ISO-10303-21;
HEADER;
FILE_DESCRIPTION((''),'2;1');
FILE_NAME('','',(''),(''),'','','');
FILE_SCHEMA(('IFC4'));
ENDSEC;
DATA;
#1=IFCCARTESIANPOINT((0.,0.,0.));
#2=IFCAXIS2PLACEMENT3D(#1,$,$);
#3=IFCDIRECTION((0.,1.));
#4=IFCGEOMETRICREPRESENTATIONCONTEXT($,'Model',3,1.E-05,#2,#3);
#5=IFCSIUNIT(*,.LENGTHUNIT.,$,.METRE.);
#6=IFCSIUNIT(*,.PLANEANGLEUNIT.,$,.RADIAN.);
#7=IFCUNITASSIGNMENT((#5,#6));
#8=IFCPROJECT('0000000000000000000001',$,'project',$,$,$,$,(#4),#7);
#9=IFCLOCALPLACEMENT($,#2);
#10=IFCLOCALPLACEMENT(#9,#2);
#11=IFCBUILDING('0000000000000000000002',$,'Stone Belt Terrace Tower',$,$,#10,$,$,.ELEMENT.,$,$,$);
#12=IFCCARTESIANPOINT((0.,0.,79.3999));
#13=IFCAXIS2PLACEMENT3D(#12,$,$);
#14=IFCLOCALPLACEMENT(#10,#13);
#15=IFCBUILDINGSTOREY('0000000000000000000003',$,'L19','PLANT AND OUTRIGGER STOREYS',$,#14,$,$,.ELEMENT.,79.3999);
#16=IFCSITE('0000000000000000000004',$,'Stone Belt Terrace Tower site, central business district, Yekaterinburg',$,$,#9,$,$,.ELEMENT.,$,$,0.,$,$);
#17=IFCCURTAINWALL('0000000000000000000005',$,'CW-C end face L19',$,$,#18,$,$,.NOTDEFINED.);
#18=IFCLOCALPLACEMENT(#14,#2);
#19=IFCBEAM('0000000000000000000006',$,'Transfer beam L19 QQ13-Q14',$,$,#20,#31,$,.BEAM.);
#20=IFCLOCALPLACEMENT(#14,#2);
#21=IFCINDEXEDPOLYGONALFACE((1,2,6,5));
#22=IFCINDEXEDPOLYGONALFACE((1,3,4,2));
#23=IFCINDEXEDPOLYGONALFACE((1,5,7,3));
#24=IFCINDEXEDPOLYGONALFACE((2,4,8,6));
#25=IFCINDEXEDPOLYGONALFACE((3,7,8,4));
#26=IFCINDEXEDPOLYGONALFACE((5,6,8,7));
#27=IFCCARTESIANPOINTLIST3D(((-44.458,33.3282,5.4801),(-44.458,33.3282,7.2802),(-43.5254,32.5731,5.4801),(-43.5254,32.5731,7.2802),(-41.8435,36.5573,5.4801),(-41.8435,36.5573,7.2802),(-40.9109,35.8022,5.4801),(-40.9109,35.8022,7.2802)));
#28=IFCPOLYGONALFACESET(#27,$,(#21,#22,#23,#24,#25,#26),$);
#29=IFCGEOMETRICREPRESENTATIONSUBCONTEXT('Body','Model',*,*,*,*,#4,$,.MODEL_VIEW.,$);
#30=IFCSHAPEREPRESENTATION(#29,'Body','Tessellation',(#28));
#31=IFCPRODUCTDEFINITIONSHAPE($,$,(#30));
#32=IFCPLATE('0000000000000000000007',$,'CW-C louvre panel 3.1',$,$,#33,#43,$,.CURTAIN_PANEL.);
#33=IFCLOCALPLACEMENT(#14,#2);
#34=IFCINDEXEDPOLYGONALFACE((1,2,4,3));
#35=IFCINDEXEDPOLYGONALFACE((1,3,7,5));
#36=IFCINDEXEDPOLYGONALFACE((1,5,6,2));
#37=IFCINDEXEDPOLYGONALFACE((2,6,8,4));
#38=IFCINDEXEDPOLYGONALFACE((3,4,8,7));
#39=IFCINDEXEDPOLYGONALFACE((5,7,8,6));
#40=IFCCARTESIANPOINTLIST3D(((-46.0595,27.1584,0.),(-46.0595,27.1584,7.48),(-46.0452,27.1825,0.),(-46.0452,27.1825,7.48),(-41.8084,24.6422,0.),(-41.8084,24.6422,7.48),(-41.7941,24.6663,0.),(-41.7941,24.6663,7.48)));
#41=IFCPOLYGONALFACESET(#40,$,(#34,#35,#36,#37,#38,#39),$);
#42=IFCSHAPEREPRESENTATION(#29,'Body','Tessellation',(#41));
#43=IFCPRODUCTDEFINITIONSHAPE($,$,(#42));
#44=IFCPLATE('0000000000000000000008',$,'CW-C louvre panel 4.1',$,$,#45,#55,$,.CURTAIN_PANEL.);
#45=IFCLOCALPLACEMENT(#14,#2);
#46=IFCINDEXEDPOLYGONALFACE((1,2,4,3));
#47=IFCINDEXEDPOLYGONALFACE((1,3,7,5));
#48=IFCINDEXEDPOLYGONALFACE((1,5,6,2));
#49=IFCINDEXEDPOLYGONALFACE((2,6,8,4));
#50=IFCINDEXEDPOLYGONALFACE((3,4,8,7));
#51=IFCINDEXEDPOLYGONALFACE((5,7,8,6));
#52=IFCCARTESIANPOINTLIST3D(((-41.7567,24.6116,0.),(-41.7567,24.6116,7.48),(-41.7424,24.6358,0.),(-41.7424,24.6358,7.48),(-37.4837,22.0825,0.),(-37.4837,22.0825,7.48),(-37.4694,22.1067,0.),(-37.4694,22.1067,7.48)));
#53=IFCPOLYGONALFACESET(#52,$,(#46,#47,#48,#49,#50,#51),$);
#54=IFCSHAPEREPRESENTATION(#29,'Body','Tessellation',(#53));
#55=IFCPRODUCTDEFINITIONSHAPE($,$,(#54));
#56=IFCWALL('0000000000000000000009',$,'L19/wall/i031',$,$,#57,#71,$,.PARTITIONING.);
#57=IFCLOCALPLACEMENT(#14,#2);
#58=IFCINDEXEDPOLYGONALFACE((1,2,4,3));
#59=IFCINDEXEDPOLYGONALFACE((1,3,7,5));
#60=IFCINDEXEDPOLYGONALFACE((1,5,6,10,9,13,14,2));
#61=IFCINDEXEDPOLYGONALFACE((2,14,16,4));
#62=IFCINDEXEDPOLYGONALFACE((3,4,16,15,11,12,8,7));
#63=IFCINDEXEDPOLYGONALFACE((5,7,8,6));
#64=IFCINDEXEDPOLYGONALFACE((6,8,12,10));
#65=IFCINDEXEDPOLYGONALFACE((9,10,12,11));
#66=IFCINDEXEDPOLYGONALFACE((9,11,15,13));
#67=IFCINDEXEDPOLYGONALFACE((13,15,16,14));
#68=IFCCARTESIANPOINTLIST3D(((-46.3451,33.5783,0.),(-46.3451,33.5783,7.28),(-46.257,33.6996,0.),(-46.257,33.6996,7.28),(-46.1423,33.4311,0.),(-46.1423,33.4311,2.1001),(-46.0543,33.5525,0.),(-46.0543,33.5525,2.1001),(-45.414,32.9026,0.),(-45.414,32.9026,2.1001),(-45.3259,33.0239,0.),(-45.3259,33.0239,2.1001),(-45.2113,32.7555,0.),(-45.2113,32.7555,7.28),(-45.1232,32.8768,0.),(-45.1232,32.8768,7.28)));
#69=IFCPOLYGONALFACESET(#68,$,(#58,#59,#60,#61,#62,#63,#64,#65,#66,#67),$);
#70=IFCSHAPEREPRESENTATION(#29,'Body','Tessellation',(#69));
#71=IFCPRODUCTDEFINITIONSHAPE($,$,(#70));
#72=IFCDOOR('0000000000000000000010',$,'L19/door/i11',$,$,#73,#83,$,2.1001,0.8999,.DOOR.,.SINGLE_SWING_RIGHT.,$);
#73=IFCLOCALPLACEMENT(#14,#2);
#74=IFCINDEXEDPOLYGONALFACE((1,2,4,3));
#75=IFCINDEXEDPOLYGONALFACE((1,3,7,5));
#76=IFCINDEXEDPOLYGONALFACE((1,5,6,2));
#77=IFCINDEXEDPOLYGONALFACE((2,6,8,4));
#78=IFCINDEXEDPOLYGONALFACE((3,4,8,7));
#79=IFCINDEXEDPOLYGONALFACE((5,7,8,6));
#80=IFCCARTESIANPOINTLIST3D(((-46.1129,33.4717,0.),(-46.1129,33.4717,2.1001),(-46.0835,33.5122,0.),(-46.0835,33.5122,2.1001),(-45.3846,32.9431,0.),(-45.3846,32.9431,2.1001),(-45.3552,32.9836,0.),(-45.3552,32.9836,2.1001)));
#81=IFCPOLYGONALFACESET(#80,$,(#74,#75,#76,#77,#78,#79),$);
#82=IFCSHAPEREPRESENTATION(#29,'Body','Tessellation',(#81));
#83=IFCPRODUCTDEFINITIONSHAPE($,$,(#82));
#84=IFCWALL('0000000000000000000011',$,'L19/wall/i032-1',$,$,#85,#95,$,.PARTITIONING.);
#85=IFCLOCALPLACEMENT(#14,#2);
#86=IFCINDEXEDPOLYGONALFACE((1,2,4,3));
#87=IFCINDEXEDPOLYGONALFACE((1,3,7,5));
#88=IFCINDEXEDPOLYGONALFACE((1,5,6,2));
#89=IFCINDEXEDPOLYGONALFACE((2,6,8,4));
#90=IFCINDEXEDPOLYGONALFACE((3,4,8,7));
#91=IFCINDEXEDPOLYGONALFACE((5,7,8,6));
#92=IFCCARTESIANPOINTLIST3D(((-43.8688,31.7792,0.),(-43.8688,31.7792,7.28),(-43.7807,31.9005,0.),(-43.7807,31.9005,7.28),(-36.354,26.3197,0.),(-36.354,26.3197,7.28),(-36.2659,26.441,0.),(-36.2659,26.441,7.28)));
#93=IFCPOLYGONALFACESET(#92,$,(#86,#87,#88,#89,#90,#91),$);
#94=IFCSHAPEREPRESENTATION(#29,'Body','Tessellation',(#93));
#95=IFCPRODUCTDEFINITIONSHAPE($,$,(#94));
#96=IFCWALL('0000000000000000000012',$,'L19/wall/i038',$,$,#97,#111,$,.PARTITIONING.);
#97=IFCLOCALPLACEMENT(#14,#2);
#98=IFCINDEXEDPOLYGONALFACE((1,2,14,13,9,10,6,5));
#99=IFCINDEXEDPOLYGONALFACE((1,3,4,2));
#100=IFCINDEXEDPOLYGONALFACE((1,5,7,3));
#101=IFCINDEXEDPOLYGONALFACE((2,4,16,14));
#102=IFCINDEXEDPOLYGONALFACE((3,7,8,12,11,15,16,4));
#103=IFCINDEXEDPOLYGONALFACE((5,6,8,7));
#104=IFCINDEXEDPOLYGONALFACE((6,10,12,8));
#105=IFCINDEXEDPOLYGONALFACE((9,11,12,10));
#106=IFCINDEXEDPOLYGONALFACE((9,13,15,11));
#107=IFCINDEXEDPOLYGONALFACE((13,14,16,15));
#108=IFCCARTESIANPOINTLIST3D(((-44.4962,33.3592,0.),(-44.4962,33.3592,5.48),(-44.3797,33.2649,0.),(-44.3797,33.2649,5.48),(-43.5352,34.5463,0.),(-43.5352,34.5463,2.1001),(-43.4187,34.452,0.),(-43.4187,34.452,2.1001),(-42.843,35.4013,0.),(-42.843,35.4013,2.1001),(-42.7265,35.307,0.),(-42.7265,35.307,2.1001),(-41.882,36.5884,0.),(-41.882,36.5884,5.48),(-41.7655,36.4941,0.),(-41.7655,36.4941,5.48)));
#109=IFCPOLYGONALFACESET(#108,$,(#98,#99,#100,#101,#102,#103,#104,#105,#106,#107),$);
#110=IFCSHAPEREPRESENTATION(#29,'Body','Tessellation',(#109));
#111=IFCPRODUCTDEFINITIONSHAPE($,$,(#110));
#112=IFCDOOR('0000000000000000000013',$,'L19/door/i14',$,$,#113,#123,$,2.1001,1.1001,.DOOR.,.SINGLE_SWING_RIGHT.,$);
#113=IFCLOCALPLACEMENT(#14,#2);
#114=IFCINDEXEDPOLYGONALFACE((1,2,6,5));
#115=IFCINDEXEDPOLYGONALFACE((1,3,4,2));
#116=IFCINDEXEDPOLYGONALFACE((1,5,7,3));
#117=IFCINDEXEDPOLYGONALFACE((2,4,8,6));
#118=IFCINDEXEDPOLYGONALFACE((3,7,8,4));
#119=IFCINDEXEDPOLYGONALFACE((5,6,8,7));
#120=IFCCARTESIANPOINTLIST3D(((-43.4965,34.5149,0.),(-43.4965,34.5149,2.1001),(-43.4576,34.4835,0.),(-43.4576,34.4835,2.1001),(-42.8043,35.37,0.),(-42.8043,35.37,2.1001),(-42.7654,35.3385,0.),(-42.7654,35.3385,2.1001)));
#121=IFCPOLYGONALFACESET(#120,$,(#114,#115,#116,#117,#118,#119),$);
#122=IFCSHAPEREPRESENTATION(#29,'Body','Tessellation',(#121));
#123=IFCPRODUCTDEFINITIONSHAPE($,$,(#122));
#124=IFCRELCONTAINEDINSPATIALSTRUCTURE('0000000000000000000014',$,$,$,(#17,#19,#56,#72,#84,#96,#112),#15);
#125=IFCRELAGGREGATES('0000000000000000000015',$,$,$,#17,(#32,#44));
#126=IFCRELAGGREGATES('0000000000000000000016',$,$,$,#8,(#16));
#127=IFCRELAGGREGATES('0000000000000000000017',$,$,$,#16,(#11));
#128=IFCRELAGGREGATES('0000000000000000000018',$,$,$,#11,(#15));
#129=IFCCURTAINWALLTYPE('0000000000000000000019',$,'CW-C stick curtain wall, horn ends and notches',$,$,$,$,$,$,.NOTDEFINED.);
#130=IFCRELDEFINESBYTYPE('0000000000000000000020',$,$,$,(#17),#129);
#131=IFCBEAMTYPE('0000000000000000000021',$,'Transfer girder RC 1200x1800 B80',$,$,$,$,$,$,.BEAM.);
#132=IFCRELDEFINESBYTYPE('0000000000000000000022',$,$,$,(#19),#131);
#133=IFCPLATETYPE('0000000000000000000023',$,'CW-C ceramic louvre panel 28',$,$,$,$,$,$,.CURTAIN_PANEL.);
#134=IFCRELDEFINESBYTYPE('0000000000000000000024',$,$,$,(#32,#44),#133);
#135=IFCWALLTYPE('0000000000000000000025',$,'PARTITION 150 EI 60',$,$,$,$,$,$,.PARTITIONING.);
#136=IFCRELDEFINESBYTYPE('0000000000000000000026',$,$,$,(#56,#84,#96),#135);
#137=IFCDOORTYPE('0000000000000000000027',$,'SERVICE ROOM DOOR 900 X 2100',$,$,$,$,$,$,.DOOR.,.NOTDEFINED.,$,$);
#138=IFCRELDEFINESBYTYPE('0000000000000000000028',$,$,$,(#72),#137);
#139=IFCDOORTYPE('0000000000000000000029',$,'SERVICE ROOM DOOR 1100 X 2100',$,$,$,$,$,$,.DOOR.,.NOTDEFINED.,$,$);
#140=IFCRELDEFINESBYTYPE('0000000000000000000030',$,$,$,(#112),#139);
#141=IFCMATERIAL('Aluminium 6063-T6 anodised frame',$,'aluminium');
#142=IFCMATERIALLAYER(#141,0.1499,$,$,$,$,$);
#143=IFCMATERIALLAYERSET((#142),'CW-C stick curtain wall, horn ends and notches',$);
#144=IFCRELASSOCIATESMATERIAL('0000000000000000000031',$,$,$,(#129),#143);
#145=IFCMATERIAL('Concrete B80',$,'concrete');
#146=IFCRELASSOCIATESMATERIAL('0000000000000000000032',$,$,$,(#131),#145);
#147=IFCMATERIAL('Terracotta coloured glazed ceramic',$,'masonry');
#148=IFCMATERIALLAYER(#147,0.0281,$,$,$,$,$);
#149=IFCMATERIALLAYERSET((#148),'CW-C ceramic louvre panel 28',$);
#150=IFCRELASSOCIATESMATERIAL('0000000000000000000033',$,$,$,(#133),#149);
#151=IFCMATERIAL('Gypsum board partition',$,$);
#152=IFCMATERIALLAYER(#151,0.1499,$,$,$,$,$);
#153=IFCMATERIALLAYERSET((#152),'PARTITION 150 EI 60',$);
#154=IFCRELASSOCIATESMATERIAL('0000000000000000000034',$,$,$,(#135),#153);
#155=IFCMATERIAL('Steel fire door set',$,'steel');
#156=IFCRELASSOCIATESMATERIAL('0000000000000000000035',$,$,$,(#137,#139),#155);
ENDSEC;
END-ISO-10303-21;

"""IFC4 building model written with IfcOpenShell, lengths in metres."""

from ifc_helpers import new_model, si_unit, direction, frame, frame_2d, origin, origin_2d, place, context, subcontext, project, spatial, rectangle, extrude, material, layer, layer_set, material_profile, profile_set, type_object, element, fill, aggregate, save


model = new_model("IFC4")

# Units and contexts
model_context = context("Model", 3, precision=1e-05, world=origin(), true_north=direction((0.0, 1.0)))
body_context = subcontext(model_context, "Body", "Model", "MODEL_VIEW")
ifc_project = project(units=[si_unit("LENGTHUNIT", "METRE"), si_unit("PLANEANGLEUNIT", "RADIAN")], contexts=[model_context])

# Site, building, storey
site_placement = place(None, origin())
site = spatial("IfcSite", under=ifc_project, at=site_placement, Name="Stone Belt Terrace Tower site, central business district, Yekaterinburg", CompositionType="ELEMENT", RefElevation=0.0)
building_placement = place(site_placement, origin())
building = spatial("IfcBuilding", under=site, at=building_placement, Name="Stone Belt Terrace Tower", CompositionType="ELEMENT")
storey_placement = place(building_placement, frame((0.0, 0.0, 79.3999)))
storey = spatial("IfcBuildingStorey", under=building, at=storey_placement, Name="L19", Description="PLANT AND OUTRIGGER STOREYS", CompositionType="ELEMENT", Elevation=79.3999)

# Shared definitions
ifc_material_1 = material(Name="Concrete B80", Category="concrete")

# Curtain wall
ifc_material_2 = material(Name="Aluminium 6063-T6 anodised frame", Category="aluminium")
ifc_layer_1 = layer(ifc_material_2, 0.1499)
ifc_layer_set_1 = layer_set([ifc_layer_1], Name="CW-C stick curtain wall, horn ends and notches")
curtain_wall_type_1 = type_object("IfcCurtainWallType", Name="CW-C stick curtain wall, horn ends and notches", PredefinedType="NOTDEFINED", material=ifc_layer_set_1)
curtain_wall_1_placement = place(storey_placement, origin())
curtain_wall_1 = element("IfcCurtainWall", 1, at=curtain_wall_1_placement, inside=storey, type_object=curtain_wall_type_1, Name="CW-C end face L19", PredefinedType="NOTDEFINED")

# Beam
ifc_material_profile_1 = material_profile(ifc_material_1, rectangle(XDim=1.2, YDim=1.8, at=origin_2d()), Name="RC 1200x1800")
ifc_profile_set_1 = profile_set([ifc_material_profile_1], Name="Concrete B80")
beam_type_1 = type_object("IfcBeamType", Name="Transfer girder RC 1200x1800 B80", PredefinedType="BEAM", material=ifc_profile_set_1)
beam_1_placement = place(storey_placement, frame((-43.9917, 32.9507, 6.3801), z_axis=(0.629278, 0.777181, 0.0), x_axis=(-0.777181, 0.629278, 0.0)))
element("IfcBeam", 2, at=beam_1_placement, inside=storey, type_object=beam_type_1, Name="Transfer beam L19 QQ13-Q14", PredefinedType="BEAM", context=body_context, shape_type="SweptSolid", body=[
    extrude(rectangle(XDim=1.2, YDim=1.8, at=origin_2d()), origin(), (0.0, 0.0, 1.0), 4.1548),
])

# Plates
ifc_material_3 = material(Name="Terracotta coloured glazed ceramic", Category="masonry")
ifc_layer_2 = layer(ifc_material_3, 0.0281)
ifc_layer_set_2 = layer_set([ifc_layer_2], Name="CW-C ceramic louvre panel 28")
plate_type = type_object("IfcPlateType", Name="CW-C ceramic louvre panel 28", PredefinedType="CURTAIN_PANEL", material=ifc_layer_set_2)
plate_1_placement = place(storey_placement, frame((-43.9268, 25.9124, 0.0), z_axis=(0.0, 0.0, 1.0), x_axis=(0.860558, -0.509353, 0.0)))
plate_1 = element("IfcPlate", 3, at=plate_1_placement, type_object=plate_type, Name="CW-C louvre panel 3.1", PredefinedType="CURTAIN_PANEL", context=body_context, shape_type="SweptSolid", body=[
    extrude(rectangle(XDim=4.9399, YDim=0.0281, at=origin_2d()), origin(), (0.0, 0.0, 1.0), 7.48),
])
plate_2_placement = place(storey_placement, frame((-39.613, 23.3591, 0.0), z_axis=(0.0, 0.0, 1.0), x_axis=(0.860558, -0.509353, 0.0)))
plate_2 = element("IfcPlate", 4, at=plate_2_placement, type_object=plate_type, Name="CW-C louvre panel 4.1", PredefinedType="CURTAIN_PANEL", context=body_context, shape_type="SweptSolid", body=[
    extrude(rectangle(XDim=4.9653, YDim=0.0281, at=origin_2d()), origin(), (0.0, 0.0, 1.0), 7.48),
])
aggregate(curtain_wall_1, [plate_1, plate_2])

# Wall, opening, door
ifc_material_4 = material(Name="Gypsum board partition")
ifc_layer_3 = layer(ifc_material_4, 0.1499)
ifc_layer_set_3 = layer_set([ifc_layer_3], Name="PARTITION 150 EI 60")
wall_type = type_object("IfcWallType", Name="PARTITION 150 EI 60", PredefinedType="PARTITIONING", material=ifc_layer_set_3)
wall_1_placement = place(storey_placement, frame((-45.1672, 32.8162, 0.0), z_axis=(0.0, 0.0, 1.0), x_axis=(-0.809354, 0.587322, 0.0)))
wall_1 = element("IfcWall", 5, at=wall_1_placement, inside=storey, type_object=wall_type, Name="L19/wall/i031", PredefinedType="PARTITIONING", context=body_context, shape_type="SweptSolid", body=[
    extrude(rectangle(XDim=1.4009, YDim=0.1499, at=frame_2d((0.7004, 0.0))), origin(), (0.0, 0.0, 1.0), 7.28),
])
opening_1_placement = place(wall_1_placement, frame((0.2505, 0.0, 0.0)))
opening_1 = element("IfcOpeningElement", 6, at=opening_1_placement, cuts=wall_1, PredefinedType="OPENING", context=body_context, shape_type="SweptSolid", body=[
    extrude(rectangle(XDim=0.8999, YDim=2.1001, at=frame_2d((0.45, 1.05))), frame((0.0, 0.085, 0.0), z_axis=(0.0, -1.0, 0.0), x_axis=(1.0, 0.0, 0.0)), (0.0, 0.0, 1.0), 0.1699),
])
ifc_material_5 = material(Name="Steel fire door set", Category="steel")
door_type_1 = type_object("IfcDoorType", Name="SERVICE ROOM DOOR 900 X 2100", OperationType="NOTDEFINED", PredefinedType="DOOR", material=ifc_material_5)
door_1_placement = place(opening_1_placement, origin())
door_1 = element("IfcDoor", 7, at=door_1_placement, inside=storey, type_object=door_type_1, Name="L19/door/i11", OperationType="SINGLE_SWING_RIGHT", OverallHeight=2.1001, OverallWidth=0.8999, PredefinedType="DOOR", context=body_context, shape_type="SweptSolid", body=[
    extrude(rectangle(XDim=0.8999, YDim=2.1001, at=frame_2d((0.45, 1.05))), frame((0.0, 0.0249, 0.0), z_axis=(0.0, -1.0, 0.0), x_axis=(1.0, 0.0, 0.0)), (0.0, 0.0, 1.0), 0.05),
])
fill(opening_1, door_1)

# Wall
wall_2_placement = place(storey_placement, frame((-43.8247, 31.8398, 0.0), z_axis=(0.0, 0.0, 1.0), x_axis=(0.809029, -0.587768, 0.0)))
element("IfcWall", 8, at=wall_2_placement, inside=storey, type_object=wall_type, Name="L19/wall/i032-1", PredefinedType="PARTITIONING", context=body_context, shape_type="SweptSolid", body=[
    extrude(rectangle(XDim=9.2886, YDim=0.1499, at=frame_2d((4.6443, 0.0))), origin(), (0.0, 0.0, 1.0), 7.28),
])

# Wall, opening, door
wall_3_placement = place(storey_placement, frame((-41.8237, 36.5413, 0.0), z_axis=(0.0, 0.0, 1.0), x_axis=(-0.629213, -0.777233, 0.0)))
wall_3 = element("IfcWall", 9, at=wall_3_placement, inside=storey, type_object=wall_type, Name="L19/wall/i038", PredefinedType="PARTITIONING", context=body_context, shape_type="SweptSolid", body=[
    extrude(rectangle(XDim=4.1548, YDim=0.1499, at=frame_2d((2.0774, 0.0))), origin(), (0.0, 0.0, 1.0), 5.48),
])
opening_2_placement = place(wall_3_placement, frame((1.5273, 0.0, 0.0)))
opening_2 = element("IfcOpeningElement", 10, at=opening_2_placement, cuts=wall_3, PredefinedType="OPENING", context=body_context, shape_type="SweptSolid", body=[
    extrude(rectangle(XDim=1.1001, YDim=2.1001, at=frame_2d((0.55, 1.05))), frame((0.0, 0.085, 0.0), z_axis=(0.0, -1.0, 0.0), x_axis=(1.0, 0.0, 0.0)), (0.0, 0.0, 1.0), 0.1699),
])
door_type_2 = type_object("IfcDoorType", Name="SERVICE ROOM DOOR 1100 X 2100", OperationType="NOTDEFINED", PredefinedType="DOOR", material=ifc_material_5)
door_2_placement = place(opening_2_placement, origin())
door_2 = element("IfcDoor", 11, at=door_2_placement, inside=storey, type_object=door_type_2, Name="L19/door/i14", OperationType="SINGLE_SWING_RIGHT", OverallHeight=2.1001, OverallWidth=1.1001, PredefinedType="DOOR", context=body_context, shape_type="SweptSolid", body=[
    extrude(rectangle(XDim=1.1001, YDim=2.1001, at=frame_2d((0.55, 1.05))), frame((0.0, 0.0249, 0.0), z_axis=(0.0, -1.0, 0.0), x_axis=(1.0, 0.0, 0.0)), (0.0, 0.0, 1.0), 0.05),
])
fill(opening_2, door_2)

save(model, "model.ifc")
